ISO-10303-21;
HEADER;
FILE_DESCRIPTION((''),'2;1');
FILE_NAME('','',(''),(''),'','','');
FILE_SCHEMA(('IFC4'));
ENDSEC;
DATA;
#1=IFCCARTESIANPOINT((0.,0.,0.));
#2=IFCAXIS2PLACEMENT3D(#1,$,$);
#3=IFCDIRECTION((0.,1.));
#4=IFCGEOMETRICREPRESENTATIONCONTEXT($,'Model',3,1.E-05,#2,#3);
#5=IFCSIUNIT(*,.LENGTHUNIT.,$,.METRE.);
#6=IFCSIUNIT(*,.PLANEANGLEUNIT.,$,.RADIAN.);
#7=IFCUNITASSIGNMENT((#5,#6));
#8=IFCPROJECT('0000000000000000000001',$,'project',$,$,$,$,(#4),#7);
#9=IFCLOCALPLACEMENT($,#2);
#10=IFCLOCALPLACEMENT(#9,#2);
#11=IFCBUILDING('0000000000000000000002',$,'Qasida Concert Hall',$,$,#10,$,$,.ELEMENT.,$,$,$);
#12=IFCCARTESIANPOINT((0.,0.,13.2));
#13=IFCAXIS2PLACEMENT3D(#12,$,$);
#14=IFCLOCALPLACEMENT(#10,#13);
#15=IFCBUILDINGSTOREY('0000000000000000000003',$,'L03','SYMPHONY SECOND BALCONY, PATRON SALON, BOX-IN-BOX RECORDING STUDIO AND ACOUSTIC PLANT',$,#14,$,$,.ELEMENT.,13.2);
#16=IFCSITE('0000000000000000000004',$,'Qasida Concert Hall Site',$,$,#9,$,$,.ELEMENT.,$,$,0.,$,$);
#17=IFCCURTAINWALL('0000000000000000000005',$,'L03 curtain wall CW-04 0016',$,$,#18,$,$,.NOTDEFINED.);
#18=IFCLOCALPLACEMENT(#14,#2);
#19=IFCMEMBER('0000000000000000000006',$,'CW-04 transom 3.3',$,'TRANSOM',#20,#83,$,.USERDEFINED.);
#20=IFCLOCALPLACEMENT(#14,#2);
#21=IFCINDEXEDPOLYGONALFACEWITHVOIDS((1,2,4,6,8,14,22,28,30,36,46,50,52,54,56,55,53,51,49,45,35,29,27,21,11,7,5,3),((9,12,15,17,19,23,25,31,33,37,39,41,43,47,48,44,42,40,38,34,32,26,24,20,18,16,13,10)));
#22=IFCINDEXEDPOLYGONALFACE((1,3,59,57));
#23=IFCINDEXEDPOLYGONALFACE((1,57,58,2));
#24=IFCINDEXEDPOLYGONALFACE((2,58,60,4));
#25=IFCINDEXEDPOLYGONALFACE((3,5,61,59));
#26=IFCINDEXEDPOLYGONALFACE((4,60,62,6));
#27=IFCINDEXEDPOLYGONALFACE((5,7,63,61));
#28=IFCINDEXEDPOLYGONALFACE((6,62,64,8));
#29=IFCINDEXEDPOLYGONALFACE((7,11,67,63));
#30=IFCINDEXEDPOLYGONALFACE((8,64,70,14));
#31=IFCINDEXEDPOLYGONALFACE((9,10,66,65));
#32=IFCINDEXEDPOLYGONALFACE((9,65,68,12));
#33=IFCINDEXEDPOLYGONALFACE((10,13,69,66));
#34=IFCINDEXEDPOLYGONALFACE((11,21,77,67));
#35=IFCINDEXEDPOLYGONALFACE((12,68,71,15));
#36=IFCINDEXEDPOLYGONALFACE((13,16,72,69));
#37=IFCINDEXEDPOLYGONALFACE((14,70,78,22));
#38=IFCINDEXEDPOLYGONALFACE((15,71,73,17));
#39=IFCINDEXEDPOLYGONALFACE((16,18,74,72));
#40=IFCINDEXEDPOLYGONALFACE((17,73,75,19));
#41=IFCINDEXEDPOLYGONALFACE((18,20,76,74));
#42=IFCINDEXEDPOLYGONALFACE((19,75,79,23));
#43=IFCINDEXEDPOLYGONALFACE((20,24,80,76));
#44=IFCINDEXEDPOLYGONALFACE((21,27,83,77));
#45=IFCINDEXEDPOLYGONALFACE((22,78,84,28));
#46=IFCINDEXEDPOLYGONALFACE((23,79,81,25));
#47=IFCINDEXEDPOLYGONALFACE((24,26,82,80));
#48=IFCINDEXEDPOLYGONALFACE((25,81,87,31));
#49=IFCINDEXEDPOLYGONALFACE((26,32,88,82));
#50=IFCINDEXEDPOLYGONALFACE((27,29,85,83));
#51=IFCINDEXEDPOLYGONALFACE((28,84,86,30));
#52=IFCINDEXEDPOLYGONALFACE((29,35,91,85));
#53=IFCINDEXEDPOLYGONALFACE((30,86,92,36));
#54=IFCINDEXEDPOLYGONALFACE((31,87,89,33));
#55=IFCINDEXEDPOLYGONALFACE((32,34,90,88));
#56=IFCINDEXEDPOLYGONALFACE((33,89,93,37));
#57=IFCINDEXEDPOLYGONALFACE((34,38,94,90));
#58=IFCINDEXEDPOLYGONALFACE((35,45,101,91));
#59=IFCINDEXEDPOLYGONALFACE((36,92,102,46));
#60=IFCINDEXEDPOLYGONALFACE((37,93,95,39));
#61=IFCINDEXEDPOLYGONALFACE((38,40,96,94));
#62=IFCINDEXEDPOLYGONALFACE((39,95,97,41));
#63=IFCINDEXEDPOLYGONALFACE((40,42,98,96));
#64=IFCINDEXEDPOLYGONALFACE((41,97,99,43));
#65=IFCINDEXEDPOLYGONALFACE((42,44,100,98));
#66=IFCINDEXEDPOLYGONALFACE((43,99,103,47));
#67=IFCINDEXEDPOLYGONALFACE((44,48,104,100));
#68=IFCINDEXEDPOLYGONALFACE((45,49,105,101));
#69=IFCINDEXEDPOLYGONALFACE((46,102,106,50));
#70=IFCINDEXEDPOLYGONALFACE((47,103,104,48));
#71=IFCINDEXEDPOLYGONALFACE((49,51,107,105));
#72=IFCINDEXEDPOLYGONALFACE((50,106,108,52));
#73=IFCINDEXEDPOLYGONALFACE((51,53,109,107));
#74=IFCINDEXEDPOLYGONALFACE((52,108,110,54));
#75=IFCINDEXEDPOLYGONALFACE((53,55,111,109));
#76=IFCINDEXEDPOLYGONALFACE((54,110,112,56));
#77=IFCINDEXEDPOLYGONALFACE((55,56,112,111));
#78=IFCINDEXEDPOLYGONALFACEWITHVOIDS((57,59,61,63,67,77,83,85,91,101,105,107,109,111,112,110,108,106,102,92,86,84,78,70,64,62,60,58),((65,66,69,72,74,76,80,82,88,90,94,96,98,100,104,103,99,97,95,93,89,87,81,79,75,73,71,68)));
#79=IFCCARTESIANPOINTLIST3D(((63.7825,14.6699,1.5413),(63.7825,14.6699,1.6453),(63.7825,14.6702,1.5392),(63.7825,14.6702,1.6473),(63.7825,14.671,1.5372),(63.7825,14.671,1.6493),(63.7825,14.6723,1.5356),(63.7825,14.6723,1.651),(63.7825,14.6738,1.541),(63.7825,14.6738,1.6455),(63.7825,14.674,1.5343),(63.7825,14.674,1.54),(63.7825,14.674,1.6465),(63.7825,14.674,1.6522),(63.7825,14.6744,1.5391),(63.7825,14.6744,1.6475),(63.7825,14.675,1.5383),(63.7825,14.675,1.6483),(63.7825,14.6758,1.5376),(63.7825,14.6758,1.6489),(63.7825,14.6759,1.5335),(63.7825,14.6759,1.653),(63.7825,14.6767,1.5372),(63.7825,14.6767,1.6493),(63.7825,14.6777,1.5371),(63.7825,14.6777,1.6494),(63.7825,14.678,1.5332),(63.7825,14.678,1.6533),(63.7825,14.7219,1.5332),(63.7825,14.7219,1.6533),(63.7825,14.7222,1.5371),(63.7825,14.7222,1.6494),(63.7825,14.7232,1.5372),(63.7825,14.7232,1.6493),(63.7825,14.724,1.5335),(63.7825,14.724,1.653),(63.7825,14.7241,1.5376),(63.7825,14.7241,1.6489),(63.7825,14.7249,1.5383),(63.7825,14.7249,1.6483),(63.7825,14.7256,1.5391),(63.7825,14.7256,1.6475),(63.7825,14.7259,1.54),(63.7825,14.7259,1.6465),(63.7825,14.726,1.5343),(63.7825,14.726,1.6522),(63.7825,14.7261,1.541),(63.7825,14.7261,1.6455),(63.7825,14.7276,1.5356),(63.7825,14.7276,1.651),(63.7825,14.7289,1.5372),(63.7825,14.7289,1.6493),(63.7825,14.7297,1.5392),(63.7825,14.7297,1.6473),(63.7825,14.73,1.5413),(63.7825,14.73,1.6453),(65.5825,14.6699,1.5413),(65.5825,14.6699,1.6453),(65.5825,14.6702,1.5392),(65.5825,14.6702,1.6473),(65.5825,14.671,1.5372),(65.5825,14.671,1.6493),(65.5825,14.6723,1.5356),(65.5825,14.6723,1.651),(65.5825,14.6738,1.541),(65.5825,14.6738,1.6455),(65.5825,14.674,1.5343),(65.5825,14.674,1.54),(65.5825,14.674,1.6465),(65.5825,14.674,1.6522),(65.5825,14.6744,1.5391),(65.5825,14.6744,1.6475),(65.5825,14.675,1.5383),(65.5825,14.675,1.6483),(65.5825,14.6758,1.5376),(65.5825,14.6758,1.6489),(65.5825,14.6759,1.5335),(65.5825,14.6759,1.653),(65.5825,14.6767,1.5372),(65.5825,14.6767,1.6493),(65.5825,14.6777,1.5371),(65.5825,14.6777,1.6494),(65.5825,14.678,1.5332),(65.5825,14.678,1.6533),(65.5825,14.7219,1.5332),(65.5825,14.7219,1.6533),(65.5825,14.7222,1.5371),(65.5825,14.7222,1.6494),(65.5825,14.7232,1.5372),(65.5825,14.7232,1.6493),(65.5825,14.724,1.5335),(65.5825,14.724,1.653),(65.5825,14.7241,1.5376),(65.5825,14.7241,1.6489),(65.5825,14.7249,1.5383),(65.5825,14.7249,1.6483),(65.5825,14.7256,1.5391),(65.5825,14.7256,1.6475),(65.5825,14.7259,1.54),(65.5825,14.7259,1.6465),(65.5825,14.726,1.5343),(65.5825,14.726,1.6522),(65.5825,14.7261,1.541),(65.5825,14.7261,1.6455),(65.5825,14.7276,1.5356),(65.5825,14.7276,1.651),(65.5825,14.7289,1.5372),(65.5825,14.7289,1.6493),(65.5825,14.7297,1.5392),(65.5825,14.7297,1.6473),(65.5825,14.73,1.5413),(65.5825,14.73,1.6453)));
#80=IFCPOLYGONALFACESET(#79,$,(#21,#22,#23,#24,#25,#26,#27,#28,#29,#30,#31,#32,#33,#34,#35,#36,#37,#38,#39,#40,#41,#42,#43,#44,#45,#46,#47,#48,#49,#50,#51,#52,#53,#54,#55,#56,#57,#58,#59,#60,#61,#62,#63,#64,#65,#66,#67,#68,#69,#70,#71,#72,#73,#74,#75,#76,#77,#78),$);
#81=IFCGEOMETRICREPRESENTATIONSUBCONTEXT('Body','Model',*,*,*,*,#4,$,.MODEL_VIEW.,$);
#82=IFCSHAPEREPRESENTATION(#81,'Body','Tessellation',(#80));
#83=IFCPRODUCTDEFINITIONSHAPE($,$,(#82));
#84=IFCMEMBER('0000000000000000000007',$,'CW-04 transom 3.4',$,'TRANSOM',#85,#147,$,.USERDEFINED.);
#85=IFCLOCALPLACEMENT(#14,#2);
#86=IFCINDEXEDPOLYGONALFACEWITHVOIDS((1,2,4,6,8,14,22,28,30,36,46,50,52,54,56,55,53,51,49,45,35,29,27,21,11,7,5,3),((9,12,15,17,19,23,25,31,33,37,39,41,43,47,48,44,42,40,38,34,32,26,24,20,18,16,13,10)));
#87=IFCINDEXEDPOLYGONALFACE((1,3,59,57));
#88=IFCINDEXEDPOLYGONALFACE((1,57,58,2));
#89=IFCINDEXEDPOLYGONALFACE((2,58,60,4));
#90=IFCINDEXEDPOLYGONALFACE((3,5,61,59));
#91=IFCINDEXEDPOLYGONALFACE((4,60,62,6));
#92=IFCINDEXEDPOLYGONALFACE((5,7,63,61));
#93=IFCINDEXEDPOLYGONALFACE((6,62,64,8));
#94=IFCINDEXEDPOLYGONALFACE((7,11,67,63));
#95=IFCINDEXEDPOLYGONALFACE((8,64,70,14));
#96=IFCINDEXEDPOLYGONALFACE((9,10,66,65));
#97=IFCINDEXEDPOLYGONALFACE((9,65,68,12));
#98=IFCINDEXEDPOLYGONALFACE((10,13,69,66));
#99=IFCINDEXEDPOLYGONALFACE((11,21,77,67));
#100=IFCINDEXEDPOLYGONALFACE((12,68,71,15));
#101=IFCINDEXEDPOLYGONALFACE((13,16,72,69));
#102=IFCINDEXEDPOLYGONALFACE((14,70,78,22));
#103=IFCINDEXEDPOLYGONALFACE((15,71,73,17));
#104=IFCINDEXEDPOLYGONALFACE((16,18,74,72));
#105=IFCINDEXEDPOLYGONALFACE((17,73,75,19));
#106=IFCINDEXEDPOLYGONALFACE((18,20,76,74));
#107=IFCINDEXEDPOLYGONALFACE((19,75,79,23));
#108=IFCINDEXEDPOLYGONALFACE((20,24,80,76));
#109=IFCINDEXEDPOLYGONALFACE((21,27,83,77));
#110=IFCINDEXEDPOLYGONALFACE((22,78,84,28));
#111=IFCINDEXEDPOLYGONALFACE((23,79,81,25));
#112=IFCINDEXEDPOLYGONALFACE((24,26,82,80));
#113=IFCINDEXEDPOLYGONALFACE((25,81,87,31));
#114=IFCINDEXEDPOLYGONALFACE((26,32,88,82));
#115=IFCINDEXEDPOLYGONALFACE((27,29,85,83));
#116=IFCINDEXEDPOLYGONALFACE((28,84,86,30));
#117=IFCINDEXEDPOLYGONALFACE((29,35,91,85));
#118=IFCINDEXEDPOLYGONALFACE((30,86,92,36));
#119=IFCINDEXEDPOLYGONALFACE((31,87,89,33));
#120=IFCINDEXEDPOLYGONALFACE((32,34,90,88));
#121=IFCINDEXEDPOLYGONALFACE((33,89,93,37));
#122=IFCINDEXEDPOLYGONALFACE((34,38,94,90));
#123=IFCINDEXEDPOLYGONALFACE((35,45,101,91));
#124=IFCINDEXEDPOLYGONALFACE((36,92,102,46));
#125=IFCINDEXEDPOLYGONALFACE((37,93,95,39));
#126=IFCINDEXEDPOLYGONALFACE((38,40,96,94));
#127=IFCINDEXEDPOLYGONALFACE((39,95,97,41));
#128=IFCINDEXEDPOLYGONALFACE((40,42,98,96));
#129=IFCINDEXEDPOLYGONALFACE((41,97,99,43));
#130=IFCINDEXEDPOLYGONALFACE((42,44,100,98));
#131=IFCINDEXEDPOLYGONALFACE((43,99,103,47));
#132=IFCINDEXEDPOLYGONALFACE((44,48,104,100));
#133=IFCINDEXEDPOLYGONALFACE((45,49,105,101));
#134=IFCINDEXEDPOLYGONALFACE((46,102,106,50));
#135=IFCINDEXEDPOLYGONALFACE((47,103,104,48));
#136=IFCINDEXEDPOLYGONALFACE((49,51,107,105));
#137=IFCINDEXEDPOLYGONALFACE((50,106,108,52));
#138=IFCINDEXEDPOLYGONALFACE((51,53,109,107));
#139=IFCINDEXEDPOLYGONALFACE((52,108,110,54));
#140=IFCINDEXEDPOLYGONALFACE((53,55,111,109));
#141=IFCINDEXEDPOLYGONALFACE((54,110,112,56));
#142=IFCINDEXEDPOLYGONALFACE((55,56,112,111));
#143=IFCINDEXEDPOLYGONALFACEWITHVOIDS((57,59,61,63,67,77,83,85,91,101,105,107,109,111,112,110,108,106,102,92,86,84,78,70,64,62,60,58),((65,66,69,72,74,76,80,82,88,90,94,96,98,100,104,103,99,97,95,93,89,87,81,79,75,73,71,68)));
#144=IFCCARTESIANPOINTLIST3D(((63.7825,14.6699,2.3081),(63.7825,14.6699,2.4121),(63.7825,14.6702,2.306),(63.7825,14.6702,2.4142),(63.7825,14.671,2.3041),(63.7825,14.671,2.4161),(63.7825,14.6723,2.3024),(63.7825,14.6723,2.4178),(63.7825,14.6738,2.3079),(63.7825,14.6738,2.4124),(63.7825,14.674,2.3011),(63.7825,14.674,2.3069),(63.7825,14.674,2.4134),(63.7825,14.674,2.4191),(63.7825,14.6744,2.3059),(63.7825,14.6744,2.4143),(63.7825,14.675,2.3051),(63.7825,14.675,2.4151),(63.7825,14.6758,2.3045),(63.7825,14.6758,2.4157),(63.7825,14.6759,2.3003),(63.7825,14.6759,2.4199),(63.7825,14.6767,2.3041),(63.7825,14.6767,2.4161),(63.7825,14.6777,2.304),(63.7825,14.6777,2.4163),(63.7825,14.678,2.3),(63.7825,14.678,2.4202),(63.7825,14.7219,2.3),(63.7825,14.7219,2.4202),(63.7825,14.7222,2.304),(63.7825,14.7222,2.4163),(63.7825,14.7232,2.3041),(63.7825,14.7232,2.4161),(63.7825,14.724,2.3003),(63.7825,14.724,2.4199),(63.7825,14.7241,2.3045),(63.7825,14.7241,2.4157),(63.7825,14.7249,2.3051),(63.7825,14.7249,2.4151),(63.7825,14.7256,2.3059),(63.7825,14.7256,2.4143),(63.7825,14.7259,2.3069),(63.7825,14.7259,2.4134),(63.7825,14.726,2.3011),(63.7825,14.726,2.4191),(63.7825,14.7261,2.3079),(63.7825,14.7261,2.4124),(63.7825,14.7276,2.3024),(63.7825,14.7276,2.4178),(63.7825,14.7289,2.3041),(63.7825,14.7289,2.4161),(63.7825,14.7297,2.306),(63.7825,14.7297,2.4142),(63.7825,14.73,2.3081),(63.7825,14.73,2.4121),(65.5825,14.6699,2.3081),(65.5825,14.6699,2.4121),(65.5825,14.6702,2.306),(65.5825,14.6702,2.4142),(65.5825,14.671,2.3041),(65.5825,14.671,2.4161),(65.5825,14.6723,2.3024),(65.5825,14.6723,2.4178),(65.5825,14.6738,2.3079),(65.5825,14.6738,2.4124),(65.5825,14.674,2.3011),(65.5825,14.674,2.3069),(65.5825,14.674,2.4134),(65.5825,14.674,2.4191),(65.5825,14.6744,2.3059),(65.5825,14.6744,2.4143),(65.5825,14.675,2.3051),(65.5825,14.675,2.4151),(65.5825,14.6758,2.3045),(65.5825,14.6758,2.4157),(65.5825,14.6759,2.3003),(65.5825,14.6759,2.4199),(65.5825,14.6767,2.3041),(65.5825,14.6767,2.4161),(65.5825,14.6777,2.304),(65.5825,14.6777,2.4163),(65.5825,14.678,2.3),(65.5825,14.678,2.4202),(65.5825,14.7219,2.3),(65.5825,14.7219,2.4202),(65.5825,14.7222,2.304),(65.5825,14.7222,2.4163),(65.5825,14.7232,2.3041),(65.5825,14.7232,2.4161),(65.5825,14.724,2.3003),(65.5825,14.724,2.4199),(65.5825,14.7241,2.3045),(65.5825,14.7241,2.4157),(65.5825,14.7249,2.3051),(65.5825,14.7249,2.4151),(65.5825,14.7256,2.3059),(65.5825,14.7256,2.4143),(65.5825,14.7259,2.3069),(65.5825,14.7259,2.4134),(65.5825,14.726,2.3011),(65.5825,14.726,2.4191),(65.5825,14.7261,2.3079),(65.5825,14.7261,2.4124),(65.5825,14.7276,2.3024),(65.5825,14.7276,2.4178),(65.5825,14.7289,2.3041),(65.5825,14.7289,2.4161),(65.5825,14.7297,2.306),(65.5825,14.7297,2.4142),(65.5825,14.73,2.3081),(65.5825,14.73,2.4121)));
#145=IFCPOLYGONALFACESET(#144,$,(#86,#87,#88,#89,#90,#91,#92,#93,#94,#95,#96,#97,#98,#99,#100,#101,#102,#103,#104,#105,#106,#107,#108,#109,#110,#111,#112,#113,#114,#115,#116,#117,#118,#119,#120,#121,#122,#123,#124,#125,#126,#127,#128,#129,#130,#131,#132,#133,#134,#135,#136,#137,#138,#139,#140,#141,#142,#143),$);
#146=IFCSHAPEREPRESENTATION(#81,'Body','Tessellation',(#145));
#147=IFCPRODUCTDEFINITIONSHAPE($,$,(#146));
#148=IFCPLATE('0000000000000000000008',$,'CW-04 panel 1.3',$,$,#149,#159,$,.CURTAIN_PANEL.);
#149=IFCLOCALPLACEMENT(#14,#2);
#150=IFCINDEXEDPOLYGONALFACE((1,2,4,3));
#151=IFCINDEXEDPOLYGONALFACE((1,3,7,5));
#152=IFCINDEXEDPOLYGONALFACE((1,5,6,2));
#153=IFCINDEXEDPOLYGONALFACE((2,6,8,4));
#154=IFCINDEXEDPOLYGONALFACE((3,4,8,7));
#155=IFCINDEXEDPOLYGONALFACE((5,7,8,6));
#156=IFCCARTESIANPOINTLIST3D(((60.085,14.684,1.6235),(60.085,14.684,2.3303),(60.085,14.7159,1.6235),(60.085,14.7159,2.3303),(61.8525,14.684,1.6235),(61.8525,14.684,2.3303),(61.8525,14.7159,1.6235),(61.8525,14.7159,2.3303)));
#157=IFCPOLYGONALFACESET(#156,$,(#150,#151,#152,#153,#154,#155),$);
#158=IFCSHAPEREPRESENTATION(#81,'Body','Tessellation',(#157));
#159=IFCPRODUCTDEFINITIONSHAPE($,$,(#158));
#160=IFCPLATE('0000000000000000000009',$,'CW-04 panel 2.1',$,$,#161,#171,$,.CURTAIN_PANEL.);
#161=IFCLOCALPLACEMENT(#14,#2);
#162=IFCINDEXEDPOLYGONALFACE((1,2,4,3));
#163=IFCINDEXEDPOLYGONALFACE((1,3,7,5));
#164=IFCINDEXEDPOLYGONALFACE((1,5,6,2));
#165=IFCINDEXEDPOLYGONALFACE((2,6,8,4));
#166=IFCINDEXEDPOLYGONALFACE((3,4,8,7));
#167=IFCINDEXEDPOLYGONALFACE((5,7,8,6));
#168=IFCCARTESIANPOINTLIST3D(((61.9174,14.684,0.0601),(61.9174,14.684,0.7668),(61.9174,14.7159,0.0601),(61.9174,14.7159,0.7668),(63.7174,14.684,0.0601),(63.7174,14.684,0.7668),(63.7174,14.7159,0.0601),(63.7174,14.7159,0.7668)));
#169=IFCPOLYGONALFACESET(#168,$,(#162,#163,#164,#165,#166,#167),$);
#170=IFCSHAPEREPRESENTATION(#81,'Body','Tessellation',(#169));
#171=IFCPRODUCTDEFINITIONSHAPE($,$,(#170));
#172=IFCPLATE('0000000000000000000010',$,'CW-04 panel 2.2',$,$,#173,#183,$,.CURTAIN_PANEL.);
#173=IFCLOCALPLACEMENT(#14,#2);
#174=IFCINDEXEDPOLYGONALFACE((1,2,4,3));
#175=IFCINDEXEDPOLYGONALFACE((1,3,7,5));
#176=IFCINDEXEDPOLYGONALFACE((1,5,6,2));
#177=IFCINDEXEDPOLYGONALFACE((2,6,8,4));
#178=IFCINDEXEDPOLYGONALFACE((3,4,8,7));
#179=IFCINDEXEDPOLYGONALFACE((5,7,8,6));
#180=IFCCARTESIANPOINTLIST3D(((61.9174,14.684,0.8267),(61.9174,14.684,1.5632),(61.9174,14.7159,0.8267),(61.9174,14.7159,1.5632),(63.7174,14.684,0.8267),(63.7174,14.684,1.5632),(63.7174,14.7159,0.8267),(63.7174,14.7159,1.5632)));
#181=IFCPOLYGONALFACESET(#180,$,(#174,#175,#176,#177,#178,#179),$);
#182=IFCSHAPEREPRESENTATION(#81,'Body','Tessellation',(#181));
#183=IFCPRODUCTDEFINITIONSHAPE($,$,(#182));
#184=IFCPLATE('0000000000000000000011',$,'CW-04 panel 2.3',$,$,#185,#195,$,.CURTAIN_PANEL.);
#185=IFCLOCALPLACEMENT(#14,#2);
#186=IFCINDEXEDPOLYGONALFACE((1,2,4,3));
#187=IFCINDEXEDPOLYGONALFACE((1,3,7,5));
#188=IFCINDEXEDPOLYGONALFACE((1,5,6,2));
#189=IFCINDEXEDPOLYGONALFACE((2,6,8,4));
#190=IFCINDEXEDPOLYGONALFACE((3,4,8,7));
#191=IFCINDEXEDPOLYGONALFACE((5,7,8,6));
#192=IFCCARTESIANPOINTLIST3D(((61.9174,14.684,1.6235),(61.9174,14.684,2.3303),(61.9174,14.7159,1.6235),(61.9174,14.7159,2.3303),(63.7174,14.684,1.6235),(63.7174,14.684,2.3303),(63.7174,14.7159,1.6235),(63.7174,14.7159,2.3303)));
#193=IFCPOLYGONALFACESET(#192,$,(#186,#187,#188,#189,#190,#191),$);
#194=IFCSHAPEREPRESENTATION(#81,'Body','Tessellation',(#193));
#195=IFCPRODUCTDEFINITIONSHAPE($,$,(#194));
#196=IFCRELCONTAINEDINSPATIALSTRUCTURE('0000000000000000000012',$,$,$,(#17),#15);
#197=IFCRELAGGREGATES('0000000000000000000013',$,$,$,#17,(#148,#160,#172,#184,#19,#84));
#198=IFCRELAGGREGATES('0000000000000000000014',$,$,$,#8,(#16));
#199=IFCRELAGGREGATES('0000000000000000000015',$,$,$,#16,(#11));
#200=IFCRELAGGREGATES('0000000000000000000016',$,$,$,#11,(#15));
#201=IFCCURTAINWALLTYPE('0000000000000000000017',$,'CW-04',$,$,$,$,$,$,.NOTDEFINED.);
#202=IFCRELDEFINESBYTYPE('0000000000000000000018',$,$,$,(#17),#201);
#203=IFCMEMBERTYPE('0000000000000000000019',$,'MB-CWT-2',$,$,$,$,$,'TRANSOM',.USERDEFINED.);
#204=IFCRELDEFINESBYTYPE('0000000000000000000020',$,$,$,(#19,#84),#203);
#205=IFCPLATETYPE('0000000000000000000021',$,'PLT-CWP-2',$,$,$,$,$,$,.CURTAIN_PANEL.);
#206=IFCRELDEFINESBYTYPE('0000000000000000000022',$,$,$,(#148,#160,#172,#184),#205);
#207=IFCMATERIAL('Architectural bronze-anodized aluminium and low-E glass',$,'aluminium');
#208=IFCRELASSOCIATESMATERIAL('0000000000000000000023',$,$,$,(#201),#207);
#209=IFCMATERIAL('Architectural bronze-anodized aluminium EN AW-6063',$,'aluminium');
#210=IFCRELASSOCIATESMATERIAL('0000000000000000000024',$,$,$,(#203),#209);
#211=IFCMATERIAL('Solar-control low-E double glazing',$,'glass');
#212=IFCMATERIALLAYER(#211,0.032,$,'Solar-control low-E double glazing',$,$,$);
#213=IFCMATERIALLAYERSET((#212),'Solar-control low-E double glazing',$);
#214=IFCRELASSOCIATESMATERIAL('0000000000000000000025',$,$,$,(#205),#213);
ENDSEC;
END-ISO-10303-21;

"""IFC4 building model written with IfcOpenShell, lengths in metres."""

from ifc_helpers import new_model, si_unit, direction, frame, origin, origin_2d, place, context, subcontext, project, spatial, rectangle, hollow_rectangle, extrude, material, layer, layer_set, material_profile, profile_set, type_object, element, aggregate, save


model = new_model("IFC4")

# Units and contexts
model_context = context("Model", 3, precision=1e-05, world=origin(), true_north=direction((0.0, 1.0)))
body_context = subcontext(model_context, "Body", "Model", "MODEL_VIEW")
ifc_project = project(units=[si_unit("LENGTHUNIT", "METRE"), si_unit("PLANEANGLEUNIT", "RADIAN")], contexts=[model_context])

# Site, building, storey
site_placement = place(None, origin())
site = spatial("IfcSite", under=ifc_project, at=site_placement, Name="Qasida Concert Hall Site", CompositionType="ELEMENT", RefElevation=0.0)
building_placement = place(site_placement, origin())
building = spatial("IfcBuilding", under=site, at=building_placement, Name="Qasida Concert Hall", CompositionType="ELEMENT")
storey_placement = place(building_placement, frame((0.0, 0.0, 13.2)))
storey = spatial("IfcBuildingStorey", under=building, at=storey_placement, Name="L03", Description="SYMPHONY SECOND BALCONY, PATRON SALON, BOX-IN-BOX RECORDING STUDIO AND ACOUSTIC PLANT", CompositionType="ELEMENT", Elevation=13.2)

# Curtain wall, members, plates
ifc_material_1 = material(Name="Architectural bronze-anodized aluminium and low-E glass", Category="aluminium")
curtain_wall_type = type_object("IfcCurtainWallType", Name="CW-04", PredefinedType="NOTDEFINED", material=ifc_material_1)
curtain_wall_placement = place(storey_placement, origin())
curtain_wall = element("IfcCurtainWall", 1, at=curtain_wall_placement, inside=storey, type_object=curtain_wall_type, Name="L03 curtain wall CW-04 0016", PredefinedType="NOTDEFINED")
ifc_material_2 = material(Name="Architectural bronze-anodized aluminium EN AW-6063", Category="aluminium")
ifc_material_profile_1 = material_profile(ifc_material_2, hollow_rectangle(XDim=0.0601, YDim=0.1201, WallThickness=0.0039, InnerFilletRadius=0.0039, OuterFilletRadius=0.0081, at=origin_2d()), Name="CWT 120x60x4")
ifc_profile_set_1 = profile_set([ifc_material_profile_1], Name="Architectural bronze-anodized aluminium EN AW-6063")
member_type_1 = type_object("IfcMemberType", Name="MB-CWT-2", ElementType="TRANSOM", PredefinedType="USERDEFINED", material=ifc_profile_set_1)
member_1_placement = place(storey_placement, frame((63.7825, 14.7, 1.5933), z_axis=(1.0, 0.0, 0.0), x_axis=(0.0, 1.0, 0.0)))
member_1 = element("IfcMember", 2, at=member_1_placement, type_object=member_type_1, Name="CW-04 transom 3.3", ObjectType="TRANSOM", PredefinedType="USERDEFINED", context=body_context, shape_type="SweptSolid", body=[
    extrude(hollow_rectangle(XDim=0.0601, YDim=0.1201, WallThickness=0.0039, InnerFilletRadius=0.0039, OuterFilletRadius=0.0081, at=origin_2d()), origin(), (0.0, 0.0, 1.0), 1.8),
])
member_2_placement = place(storey_placement, frame((63.7825, 14.7, 2.3601), z_axis=(1.0, 0.0, 0.0), x_axis=(0.0, 1.0, 0.0)))
member_2 = element("IfcMember", 3, at=member_2_placement, type_object=member_type_1, Name="CW-04 transom 3.4", ObjectType="TRANSOM", PredefinedType="USERDEFINED", context=body_context, shape_type="SweptSolid", body=[
    extrude(hollow_rectangle(XDim=0.0601, YDim=0.1201, WallThickness=0.0039, InnerFilletRadius=0.0039, OuterFilletRadius=0.0081, at=origin_2d()), origin(), (0.0, 0.0, 1.0), 1.8),
])
ifc_material_3 = material(Name="Solar-control low-E double glazing", Category="glass")
ifc_layer_1 = layer(ifc_material_3, 0.032, Name="Solar-control low-E double glazing")
ifc_layer_set_1 = layer_set([ifc_layer_1], Name="Solar-control low-E double glazing")
plate_type = type_object("IfcPlateType", Name="PLT-CWP-2", PredefinedType="CURTAIN_PANEL", material=ifc_layer_set_1)
plate_1_placement = place(storey_placement, frame((60.9688, 14.7, 1.6235), z_axis=(0.0, 0.0, 1.0), x_axis=(1.0, 0.0, 0.0)))
plate_1 = element("IfcPlate", 4, at=plate_1_placement, type_object=plate_type, Name="CW-04 panel 1.3", PredefinedType="CURTAIN_PANEL", context=body_context, shape_type="SweptSolid", body=[
    extrude(rectangle(XDim=1.7676, YDim=0.032, at=origin_2d()), origin(), (0.0, 0.0, 1.0), 0.7068),
])
plate_2_placement = place(storey_placement, frame((62.8174, 14.7, 0.0601), z_axis=(0.0, 0.0, 1.0), x_axis=(1.0, 0.0, 0.0)))
plate_2 = element("IfcPlate", 5, at=plate_2_placement, type_object=plate_type, Name="CW-04 panel 2.1", PredefinedType="CURTAIN_PANEL", context=body_context, shape_type="SweptSolid", body=[
    extrude(rectangle(XDim=1.8, YDim=0.032, at=origin_2d()), origin(), (0.0, 0.0, 1.0), 0.7068),
])
plate_3_placement = place(storey_placement, frame((62.8174, 14.7, 0.8267), z_axis=(0.0, 0.0, 1.0), x_axis=(1.0, 0.0, 0.0)))
plate_3 = element("IfcPlate", 6, at=plate_3_placement, type_object=plate_type, Name="CW-04 panel 2.2", PredefinedType="CURTAIN_PANEL", context=body_context, shape_type="SweptSolid", body=[
    extrude(rectangle(XDim=1.8, YDim=0.032, at=origin_2d()), origin(), (0.0, 0.0, 1.0), 0.7366),
])
plate_4_placement = place(storey_placement, frame((62.8174, 14.7, 1.6235), z_axis=(0.0, 0.0, 1.0), x_axis=(1.0, 0.0, 0.0)))
plate_4 = element("IfcPlate", 7, at=plate_4_placement, type_object=plate_type, Name="CW-04 panel 2.3", PredefinedType="CURTAIN_PANEL", context=body_context, shape_type="SweptSolid", body=[
    extrude(rectangle(XDim=1.8, YDim=0.032, at=origin_2d()), origin(), (0.0, 0.0, 1.0), 0.7068),
])
aggregate(curtain_wall, [plate_1, plate_2, plate_3, plate_4, member_1, member_2])

save(model, "model.ifc")
